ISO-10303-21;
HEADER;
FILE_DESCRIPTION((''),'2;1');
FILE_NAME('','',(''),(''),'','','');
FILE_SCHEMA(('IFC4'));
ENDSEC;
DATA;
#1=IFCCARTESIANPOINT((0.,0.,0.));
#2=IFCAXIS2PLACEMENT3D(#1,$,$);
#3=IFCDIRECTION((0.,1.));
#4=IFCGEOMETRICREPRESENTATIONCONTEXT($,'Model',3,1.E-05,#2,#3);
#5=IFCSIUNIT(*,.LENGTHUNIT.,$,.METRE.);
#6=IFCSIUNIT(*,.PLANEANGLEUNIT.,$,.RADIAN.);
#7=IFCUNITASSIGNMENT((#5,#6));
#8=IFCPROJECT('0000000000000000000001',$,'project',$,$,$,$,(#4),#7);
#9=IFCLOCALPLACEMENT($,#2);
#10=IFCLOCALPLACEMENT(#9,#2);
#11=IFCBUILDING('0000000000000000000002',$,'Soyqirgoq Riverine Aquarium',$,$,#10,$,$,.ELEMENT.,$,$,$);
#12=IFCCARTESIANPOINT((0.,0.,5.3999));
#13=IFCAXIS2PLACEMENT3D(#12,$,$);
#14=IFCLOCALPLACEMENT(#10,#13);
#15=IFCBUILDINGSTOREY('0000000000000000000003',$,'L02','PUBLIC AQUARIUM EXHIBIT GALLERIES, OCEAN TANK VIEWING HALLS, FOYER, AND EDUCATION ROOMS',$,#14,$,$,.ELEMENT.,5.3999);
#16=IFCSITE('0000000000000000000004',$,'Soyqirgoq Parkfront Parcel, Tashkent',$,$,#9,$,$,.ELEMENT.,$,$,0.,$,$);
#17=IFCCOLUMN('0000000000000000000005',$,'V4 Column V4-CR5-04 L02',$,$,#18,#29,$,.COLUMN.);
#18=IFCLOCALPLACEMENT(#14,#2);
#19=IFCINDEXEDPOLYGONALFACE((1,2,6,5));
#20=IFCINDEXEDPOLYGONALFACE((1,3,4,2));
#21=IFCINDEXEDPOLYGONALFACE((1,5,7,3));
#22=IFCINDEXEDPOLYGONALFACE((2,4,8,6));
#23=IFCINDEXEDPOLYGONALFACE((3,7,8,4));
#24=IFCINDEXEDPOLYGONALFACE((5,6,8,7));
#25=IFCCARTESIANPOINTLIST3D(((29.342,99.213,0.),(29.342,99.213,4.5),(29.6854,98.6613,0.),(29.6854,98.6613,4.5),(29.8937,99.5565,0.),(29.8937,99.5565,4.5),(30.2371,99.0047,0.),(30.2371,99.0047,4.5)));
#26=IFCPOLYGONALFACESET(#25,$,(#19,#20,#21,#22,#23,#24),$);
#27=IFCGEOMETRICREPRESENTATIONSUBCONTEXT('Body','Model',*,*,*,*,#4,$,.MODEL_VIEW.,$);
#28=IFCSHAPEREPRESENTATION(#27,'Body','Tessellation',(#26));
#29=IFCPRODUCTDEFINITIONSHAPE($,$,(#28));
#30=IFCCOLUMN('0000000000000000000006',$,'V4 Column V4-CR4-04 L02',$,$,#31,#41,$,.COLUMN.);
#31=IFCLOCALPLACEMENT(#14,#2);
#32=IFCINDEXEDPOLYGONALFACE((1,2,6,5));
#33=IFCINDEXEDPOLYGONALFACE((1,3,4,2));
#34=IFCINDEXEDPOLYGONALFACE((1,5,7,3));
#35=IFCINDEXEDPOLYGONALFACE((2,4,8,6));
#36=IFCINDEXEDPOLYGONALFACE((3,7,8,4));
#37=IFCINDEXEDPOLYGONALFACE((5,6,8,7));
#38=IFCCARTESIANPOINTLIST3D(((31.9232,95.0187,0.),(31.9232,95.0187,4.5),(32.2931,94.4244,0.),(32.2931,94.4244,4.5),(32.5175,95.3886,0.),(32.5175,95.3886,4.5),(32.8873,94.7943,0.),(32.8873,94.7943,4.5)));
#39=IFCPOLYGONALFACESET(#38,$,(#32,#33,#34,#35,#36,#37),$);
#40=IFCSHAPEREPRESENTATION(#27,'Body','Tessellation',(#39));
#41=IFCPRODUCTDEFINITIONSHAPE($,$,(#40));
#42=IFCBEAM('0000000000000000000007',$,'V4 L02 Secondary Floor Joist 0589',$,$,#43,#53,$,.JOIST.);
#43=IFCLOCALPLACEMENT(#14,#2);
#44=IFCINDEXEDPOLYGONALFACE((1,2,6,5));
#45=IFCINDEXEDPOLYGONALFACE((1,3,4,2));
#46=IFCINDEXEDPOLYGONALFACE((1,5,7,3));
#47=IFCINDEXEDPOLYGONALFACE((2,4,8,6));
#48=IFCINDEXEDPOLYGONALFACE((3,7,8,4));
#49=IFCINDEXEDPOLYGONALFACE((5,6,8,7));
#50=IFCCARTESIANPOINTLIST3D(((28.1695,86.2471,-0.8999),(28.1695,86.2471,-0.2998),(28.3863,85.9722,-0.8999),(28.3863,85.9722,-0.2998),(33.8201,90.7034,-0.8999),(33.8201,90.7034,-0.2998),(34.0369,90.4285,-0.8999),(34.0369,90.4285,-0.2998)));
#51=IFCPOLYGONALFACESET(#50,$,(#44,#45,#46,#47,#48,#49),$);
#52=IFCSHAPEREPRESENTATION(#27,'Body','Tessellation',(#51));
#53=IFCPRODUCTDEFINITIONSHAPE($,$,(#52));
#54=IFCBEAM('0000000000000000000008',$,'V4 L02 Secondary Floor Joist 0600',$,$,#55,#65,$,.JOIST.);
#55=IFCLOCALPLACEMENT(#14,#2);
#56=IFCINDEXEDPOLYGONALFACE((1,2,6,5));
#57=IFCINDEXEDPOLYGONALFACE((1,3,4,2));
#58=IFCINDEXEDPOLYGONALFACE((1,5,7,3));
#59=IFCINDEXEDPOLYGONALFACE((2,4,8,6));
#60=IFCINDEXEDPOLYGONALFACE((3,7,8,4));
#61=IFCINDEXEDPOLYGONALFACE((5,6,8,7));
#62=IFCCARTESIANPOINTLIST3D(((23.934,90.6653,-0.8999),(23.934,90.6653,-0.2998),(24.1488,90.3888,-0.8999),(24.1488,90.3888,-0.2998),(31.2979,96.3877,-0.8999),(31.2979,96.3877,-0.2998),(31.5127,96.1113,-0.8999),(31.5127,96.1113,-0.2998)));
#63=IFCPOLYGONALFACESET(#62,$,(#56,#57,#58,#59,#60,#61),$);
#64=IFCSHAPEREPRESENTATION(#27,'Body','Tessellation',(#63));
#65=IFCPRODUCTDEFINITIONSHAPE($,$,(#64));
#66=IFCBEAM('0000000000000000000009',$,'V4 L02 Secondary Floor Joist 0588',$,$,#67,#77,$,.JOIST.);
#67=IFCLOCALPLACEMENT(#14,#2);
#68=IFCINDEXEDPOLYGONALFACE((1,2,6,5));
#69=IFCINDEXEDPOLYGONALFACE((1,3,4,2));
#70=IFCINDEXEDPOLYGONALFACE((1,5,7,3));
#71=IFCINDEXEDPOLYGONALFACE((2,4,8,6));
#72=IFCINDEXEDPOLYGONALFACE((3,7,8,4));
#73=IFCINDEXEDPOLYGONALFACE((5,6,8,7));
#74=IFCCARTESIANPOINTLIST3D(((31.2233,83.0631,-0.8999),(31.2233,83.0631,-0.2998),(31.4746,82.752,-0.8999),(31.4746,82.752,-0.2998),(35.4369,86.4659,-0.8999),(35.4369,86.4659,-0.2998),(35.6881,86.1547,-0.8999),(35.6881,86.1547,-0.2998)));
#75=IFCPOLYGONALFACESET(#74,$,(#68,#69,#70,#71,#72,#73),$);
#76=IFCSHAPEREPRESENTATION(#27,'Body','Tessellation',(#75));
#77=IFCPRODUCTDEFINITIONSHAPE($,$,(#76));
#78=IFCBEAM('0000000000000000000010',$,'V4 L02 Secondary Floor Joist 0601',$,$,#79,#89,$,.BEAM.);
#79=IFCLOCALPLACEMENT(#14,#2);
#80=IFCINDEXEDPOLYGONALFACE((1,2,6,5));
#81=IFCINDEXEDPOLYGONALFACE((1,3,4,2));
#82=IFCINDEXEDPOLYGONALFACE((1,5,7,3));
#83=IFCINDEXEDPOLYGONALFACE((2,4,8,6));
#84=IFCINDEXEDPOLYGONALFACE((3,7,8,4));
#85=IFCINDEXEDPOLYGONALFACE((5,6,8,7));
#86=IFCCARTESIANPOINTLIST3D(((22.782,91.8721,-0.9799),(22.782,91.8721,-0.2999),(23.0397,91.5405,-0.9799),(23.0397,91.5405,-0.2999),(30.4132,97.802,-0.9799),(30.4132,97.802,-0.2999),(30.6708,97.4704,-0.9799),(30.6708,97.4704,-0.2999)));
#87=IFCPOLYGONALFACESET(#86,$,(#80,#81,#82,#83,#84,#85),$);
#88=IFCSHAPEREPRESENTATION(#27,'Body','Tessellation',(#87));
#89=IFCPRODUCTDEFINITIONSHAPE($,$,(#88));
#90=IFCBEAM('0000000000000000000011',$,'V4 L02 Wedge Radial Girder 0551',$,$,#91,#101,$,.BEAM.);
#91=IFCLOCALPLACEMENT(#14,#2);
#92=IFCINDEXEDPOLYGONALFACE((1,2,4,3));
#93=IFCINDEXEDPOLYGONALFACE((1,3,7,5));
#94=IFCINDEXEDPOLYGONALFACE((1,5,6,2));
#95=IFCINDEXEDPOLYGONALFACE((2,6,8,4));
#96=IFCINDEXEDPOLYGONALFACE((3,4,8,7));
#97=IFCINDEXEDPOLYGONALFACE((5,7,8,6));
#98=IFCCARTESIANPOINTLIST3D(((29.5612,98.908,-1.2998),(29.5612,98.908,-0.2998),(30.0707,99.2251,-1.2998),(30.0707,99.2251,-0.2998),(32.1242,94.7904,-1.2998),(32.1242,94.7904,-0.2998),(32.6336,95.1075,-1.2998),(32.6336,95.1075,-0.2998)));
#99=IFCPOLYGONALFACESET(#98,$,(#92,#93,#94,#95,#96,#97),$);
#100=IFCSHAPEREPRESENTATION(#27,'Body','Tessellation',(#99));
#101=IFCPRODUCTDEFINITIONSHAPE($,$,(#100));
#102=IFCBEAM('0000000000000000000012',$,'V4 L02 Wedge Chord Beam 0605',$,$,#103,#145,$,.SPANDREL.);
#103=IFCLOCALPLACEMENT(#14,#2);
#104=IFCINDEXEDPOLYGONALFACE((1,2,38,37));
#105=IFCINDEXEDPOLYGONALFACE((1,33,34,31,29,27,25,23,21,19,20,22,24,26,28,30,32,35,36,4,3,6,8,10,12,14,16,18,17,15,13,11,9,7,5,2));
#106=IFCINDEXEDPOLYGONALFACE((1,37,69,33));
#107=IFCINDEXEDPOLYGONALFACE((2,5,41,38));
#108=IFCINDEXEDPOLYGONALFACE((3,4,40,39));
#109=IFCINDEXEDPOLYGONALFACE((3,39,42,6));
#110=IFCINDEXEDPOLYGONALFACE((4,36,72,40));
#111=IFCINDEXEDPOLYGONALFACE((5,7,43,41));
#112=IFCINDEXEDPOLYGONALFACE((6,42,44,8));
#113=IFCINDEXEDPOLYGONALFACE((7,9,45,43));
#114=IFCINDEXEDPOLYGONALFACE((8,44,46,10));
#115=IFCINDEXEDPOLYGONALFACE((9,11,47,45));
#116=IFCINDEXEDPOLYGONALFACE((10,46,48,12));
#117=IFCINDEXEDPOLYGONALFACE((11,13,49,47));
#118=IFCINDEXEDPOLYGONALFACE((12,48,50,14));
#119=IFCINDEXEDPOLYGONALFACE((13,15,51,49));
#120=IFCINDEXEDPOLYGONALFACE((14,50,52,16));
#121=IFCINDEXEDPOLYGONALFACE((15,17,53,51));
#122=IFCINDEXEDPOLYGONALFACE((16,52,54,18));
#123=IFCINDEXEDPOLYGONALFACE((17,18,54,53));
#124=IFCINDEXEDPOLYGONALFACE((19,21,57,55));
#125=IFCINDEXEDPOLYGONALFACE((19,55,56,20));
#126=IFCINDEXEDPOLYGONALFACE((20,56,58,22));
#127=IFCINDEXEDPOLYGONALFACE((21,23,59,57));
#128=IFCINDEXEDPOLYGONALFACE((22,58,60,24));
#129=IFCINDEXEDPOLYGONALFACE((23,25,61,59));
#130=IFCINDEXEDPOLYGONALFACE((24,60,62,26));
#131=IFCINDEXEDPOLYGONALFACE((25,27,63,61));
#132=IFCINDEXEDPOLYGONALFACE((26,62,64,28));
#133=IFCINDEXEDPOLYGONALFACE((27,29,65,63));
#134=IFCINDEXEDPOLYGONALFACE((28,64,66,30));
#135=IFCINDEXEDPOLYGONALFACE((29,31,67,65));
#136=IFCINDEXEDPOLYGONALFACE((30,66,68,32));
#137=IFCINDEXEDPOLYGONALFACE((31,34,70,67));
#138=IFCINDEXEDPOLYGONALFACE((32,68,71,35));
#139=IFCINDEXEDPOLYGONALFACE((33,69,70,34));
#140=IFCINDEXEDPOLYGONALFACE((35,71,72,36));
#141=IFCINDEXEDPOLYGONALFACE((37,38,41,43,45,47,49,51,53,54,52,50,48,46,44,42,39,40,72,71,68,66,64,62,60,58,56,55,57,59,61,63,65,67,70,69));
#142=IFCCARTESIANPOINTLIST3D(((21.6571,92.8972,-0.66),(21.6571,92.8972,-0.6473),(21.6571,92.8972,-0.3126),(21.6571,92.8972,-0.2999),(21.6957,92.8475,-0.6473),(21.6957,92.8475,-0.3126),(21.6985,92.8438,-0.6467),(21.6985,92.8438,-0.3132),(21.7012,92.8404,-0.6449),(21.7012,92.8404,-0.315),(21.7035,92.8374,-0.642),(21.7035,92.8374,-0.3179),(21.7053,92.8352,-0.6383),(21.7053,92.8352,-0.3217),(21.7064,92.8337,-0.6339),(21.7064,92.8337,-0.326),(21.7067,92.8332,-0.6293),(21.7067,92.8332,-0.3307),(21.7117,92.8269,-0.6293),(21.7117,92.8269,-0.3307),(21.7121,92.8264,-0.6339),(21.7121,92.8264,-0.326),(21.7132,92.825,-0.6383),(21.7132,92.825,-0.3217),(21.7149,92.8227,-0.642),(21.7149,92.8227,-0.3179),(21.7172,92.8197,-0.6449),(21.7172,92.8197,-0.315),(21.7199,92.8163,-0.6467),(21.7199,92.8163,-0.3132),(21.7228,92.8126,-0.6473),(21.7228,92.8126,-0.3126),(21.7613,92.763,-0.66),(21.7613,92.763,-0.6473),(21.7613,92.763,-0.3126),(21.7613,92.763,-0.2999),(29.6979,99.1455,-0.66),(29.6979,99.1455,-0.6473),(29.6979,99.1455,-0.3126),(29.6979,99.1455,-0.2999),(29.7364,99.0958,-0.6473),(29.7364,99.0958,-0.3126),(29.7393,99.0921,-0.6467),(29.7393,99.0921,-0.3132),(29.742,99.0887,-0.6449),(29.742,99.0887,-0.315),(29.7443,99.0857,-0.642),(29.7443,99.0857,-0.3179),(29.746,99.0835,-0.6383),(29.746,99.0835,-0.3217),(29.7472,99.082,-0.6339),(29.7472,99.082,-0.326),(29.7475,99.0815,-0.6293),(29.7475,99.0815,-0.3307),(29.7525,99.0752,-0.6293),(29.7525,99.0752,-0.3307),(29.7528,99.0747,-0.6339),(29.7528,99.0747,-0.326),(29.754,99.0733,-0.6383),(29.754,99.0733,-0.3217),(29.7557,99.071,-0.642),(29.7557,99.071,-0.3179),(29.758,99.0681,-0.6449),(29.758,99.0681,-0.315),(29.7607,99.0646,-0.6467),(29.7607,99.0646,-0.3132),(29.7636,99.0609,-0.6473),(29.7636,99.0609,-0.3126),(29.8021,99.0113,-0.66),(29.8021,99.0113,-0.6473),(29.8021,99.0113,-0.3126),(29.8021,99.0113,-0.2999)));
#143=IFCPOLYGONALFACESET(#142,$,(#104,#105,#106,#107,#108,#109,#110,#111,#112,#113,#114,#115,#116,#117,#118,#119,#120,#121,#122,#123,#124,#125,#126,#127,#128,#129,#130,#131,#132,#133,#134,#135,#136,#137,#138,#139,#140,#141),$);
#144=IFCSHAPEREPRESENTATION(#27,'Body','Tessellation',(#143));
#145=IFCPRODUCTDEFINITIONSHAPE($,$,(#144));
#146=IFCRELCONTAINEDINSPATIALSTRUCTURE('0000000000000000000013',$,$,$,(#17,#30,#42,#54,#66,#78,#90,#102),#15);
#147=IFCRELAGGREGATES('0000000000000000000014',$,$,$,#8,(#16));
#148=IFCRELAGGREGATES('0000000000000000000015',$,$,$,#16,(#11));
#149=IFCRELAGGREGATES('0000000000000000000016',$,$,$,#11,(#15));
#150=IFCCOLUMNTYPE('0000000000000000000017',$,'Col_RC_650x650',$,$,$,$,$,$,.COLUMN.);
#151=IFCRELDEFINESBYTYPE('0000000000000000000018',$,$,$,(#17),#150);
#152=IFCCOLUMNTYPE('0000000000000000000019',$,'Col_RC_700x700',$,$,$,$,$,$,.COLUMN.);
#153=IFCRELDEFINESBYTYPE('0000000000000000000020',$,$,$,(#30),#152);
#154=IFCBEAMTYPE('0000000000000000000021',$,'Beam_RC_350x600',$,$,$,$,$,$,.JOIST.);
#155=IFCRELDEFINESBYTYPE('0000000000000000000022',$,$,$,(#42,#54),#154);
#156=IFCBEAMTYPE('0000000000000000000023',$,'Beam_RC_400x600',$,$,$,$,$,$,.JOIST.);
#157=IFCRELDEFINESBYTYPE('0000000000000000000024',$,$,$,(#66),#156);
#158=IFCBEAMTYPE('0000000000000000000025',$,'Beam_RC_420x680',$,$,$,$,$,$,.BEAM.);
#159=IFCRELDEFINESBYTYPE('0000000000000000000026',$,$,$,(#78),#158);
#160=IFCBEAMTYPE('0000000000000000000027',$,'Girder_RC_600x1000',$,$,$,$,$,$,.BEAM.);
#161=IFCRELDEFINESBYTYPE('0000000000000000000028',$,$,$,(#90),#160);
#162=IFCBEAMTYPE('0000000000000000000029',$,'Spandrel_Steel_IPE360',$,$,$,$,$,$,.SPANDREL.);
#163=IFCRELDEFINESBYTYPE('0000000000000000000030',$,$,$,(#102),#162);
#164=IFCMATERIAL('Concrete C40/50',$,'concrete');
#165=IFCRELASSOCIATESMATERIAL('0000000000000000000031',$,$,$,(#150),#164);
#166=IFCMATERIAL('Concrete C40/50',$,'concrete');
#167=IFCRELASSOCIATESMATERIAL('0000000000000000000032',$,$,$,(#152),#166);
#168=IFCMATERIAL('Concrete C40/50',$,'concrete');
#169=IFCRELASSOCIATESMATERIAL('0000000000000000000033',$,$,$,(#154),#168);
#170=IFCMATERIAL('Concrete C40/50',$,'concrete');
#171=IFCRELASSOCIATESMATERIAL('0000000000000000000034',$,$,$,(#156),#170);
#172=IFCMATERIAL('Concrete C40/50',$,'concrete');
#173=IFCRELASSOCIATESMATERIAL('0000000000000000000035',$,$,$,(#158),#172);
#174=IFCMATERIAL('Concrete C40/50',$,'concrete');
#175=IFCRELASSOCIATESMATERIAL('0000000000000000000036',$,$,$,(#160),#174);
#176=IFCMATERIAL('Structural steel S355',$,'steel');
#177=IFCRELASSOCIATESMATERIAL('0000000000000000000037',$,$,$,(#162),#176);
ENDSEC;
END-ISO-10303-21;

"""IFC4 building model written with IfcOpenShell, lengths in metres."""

from ifc_helpers import new_model, si_unit, direction, frame, origin, origin_2d, place, context, subcontext, project, spatial, rectangle, i_section, extrude, material, material_profile, profile_set, type_object, element, save


model = new_model("IFC4")

# Units and contexts
model_context = context("Model", 3, precision=1e-05, world=origin(), true_north=direction((0.0, 1.0)))
body_context = subcontext(model_context, "Body", "Model", "MODEL_VIEW")
ifc_project = project(units=[si_unit("LENGTHUNIT", "METRE"), si_unit("PLANEANGLEUNIT", "RADIAN")], contexts=[model_context])

# Site, building, storey
site_placement = place(None, origin())
site = spatial("IfcSite", under=ifc_project, at=site_placement, Name="Soyqirgoq Parkfront Parcel, Tashkent", CompositionType="ELEMENT", RefElevation=0.0)
building_placement = place(site_placement, origin())
building = spatial("IfcBuilding", under=site, at=building_placement, Name="Soyqirgoq Riverine Aquarium", CompositionType="ELEMENT")
storey_placement = place(building_placement, frame((0.0, 0.0, 5.3999)))
storey = spatial("IfcBuildingStorey", under=building, at=storey_placement, Name="L02", Description="PUBLIC AQUARIUM EXHIBIT GALLERIES, OCEAN TANK VIEWING HALLS, FOYER, AND EDUCATION ROOMS", CompositionType="ELEMENT", Elevation=5.3999)

# Columns
ifc_material_1 = material(Name="Concrete C40/50", Category="concrete")
ifc_material_profile_1 = material_profile(ifc_material_1, rectangle(XDim=0.6499, YDim=0.6499, at=origin_2d()), Name="RC 650x650")
ifc_profile_set_1 = profile_set([ifc_material_profile_1], Name="Concrete C40/50")
column_type_1 = type_object("IfcColumnType", Name="Col_RC_650x650", PredefinedType="COLUMN", material=ifc_profile_set_1)
column_1_placement = place(storey_placement, frame((29.7896, 99.1089, 0.0), z_axis=(0.0, 0.0, 1.0), x_axis=(-0.528438, 0.848972, 0.0)))
element("IfcColumn", 1, at=column_1_placement, inside=storey, type_object=column_type_1, Name="V4 Column V4-CR5-04 L02", PredefinedType="COLUMN", context=body_context, shape_type="SweptSolid", body=[
    extrude(rectangle(XDim=0.6499, YDim=0.6499, at=origin_2d()), origin(), (0.0, 0.0, 1.0), 4.5),
])
ifc_material_2 = material(Name="Concrete C40/50", Category="concrete")
ifc_material_profile_2 = material_profile(ifc_material_2, rectangle(XDim=0.7, YDim=0.7, at=origin_2d()), Name="RC 700x700")
ifc_profile_set_2 = profile_set([ifc_material_profile_2], Name="Concrete C40/50")
column_type_2 = type_object("IfcColumnType", Name="Col_RC_700x700", PredefinedType="COLUMN", material=ifc_profile_set_2)
column_2_placement = place(storey_placement, frame((32.4053, 94.9065, 0.0), z_axis=(0.0, 0.0, 1.0), x_axis=(-0.528438, 0.848972, 0.0)))
element("IfcColumn", 2, at=column_2_placement, inside=storey, type_object=column_type_2, Name="V4 Column V4-CR4-04 L02", PredefinedType="COLUMN", context=body_context, shape_type="SweptSolid", body=[
    extrude(rectangle(XDim=0.7, YDim=0.7, at=origin_2d()), origin(), (0.0, 0.0, 1.0), 4.5),
])

# Beams
ifc_material_3 = material(Name="Concrete C40/50", Category="concrete")
ifc_material_profile_3 = material_profile(ifc_material_3, rectangle(XDim=0.3501, YDim=0.6001, at=origin_2d()), Name="RC 350x600")
ifc_profile_set_3 = profile_set([ifc_material_profile_3], Name="Concrete C40/50")
beam_type_1 = type_object("IfcBeamType", Name="Beam_RC_350x600", PredefinedType="JOIST", material=ifc_profile_set_3)
beam_1_placement = place(storey_placement, frame((33.9285, 90.5659, -0.5999), z_axis=(-0.785202, -0.619239, 0.0), x_axis=(0.619239, -0.785202, 0.0)))
element("IfcBeam", 3, at=beam_1_placement, inside=storey, type_object=beam_type_1, Name="V4 L02 Secondary Floor Joist 0589", PredefinedType="JOIST", context=body_context, shape_type="SweptSolid", body=[
    extrude(rectangle(XDim=0.3501, YDim=0.6001, at=origin_2d()), origin(), (0.0, 0.0, 1.0), 7.1963),
])
beam_2_placement = place(storey_placement, frame((31.4053, 96.2495, -0.5999), z_axis=(-0.78961, -0.613609, 0.0), x_axis=(0.613609, -0.78961, 0.0)))
element("IfcBeam", 4, at=beam_2_placement, inside=storey, type_object=beam_type_1, Name="V4 L02 Secondary Floor Joist 0600", PredefinedType="JOIST", context=body_context, shape_type="SweptSolid", body=[
    extrude(rectangle(XDim=0.3501, YDim=0.6001, at=origin_2d()), origin(), (0.0, 0.0, 1.0), 9.3259),
])
ifc_material_4 = material(Name="Concrete C40/50", Category="concrete")
ifc_material_profile_4 = material_profile(ifc_material_4, rectangle(XDim=0.3999, YDim=0.6001, at=origin_2d()), Name="RC 400x600")
ifc_profile_set_4 = profile_set([ifc_material_profile_4], Name="Concrete C40/50")
beam_type_2 = type_object("IfcBeamType", Name="Beam_RC_400x600", PredefinedType="JOIST", material=ifc_profile_set_4)
beam_3_placement = place(storey_placement, frame((35.5625, 86.3103, -0.5999), z_axis=(-0.777984, -0.628284, 0.0), x_axis=(0.628284, -0.777984, 0.0)))
element("IfcBeam", 5, at=beam_3_placement, inside=storey, type_object=beam_type_2, Name="V4 L02 Secondary Floor Joist 0588", PredefinedType="JOIST", context=body_context, shape_type="SweptSolid", body=[
    extrude(rectangle(XDim=0.3999, YDim=0.6001, at=origin_2d()), origin(), (0.0, 0.0, 1.0), 5.416),
])
ifc_material_5 = material(Name="Concrete C40/50", Category="concrete")
ifc_material_profile_5 = material_profile(ifc_material_5, rectangle(XDim=0.4199, YDim=0.6799, at=origin_2d()), Name="RC 420x680")
ifc_profile_set_5 = profile_set([ifc_material_profile_5], Name="Concrete C40/50")
beam_type_3 = type_object("IfcBeamType", Name="Beam_RC_420x680", PredefinedType="BEAM", material=ifc_profile_set_5)
beam_4_placement = place(storey_placement, frame((30.542, 97.6362, -0.6399), z_axis=(-0.789621, -0.613594, 0.0), x_axis=(0.613594, -0.789621, 0.0)))
element("IfcBeam", 6, at=beam_4_placement, inside=storey, type_object=beam_type_3, Name="V4 L02 Secondary Floor Joist 0601", PredefinedType="BEAM", context=body_context, shape_type="SweptSolid", body=[
    extrude(rectangle(XDim=0.4199, YDim=0.6799, at=origin_2d()), origin(), (0.0, 0.0, 1.0), 9.6643),
])
ifc_material_6 = material(Name="Concrete C40/50", Category="concrete")
ifc_material_profile_6 = material_profile(ifc_material_6, rectangle(XDim=0.6001, YDim=1.0, at=origin_2d()), Name="RC 600x1000")
ifc_profile_set_6 = profile_set([ifc_material_profile_6], Name="Concrete C40/50")
beam_type_4 = type_object("IfcBeamType", Name="Girder_RC_600x1000", PredefinedType="BEAM", material=ifc_profile_set_6)
beam_5_placement = place(storey_placement, frame((32.3789, 94.949, -0.7998), z_axis=(-0.528433, 0.848975, 0.0), x_axis=(-0.848975, -0.528433, 0.0)))
element("IfcBeam", 7, at=beam_5_placement, inside=storey, type_object=beam_type_4, Name="V4 L02 Wedge Radial Girder 0551", PredefinedType="BEAM", context=body_context, shape_type="SweptSolid", body=[
    extrude(rectangle(XDim=0.6001, YDim=1.0, at=origin_2d()), origin(), (0.0, 0.0, 1.0), 4.8501),
])
ifc_material_7 = material(Name="Structural steel S355", Category="steel")
ifc_material_profile_7 = material_profile(ifc_material_7, i_section(OverallWidth=0.1699, OverallDepth=0.3601, WebThickness=0.0081, FlangeThickness=0.0127, FilletRadius=0.0181, at=origin_2d()), Name="IPE 360")
ifc_profile_set_7 = profile_set([ifc_material_profile_7], Name="Structural steel S355")
beam_type_5 = type_object("IfcBeamType", Name="Spandrel_Steel_IPE360", PredefinedType="SPANDREL", material=ifc_profile_set_7)
beam_6_placement = place(storey_placement, frame((29.75, 99.0784, -0.48), z_axis=(-0.789621, -0.613595, 0.0), x_axis=(0.613595, -0.789621, 0.0)))
element("IfcBeam", 8, at=beam_6_placement, inside=storey, type_object=beam_type_5, Name="V4 L02 Wedge Chord Beam 0605", PredefinedType="SPANDREL", context=body_context, shape_type="SweptSolid", body=[
    extrude(i_section(OverallWidth=0.1699, OverallDepth=0.3601, WebThickness=0.0081, FlangeThickness=0.0127, FilletRadius=0.0181, at=origin_2d()), origin(), (0.0, 0.0, 1.0), 10.1831),
])

save(model, "model.ifc")
